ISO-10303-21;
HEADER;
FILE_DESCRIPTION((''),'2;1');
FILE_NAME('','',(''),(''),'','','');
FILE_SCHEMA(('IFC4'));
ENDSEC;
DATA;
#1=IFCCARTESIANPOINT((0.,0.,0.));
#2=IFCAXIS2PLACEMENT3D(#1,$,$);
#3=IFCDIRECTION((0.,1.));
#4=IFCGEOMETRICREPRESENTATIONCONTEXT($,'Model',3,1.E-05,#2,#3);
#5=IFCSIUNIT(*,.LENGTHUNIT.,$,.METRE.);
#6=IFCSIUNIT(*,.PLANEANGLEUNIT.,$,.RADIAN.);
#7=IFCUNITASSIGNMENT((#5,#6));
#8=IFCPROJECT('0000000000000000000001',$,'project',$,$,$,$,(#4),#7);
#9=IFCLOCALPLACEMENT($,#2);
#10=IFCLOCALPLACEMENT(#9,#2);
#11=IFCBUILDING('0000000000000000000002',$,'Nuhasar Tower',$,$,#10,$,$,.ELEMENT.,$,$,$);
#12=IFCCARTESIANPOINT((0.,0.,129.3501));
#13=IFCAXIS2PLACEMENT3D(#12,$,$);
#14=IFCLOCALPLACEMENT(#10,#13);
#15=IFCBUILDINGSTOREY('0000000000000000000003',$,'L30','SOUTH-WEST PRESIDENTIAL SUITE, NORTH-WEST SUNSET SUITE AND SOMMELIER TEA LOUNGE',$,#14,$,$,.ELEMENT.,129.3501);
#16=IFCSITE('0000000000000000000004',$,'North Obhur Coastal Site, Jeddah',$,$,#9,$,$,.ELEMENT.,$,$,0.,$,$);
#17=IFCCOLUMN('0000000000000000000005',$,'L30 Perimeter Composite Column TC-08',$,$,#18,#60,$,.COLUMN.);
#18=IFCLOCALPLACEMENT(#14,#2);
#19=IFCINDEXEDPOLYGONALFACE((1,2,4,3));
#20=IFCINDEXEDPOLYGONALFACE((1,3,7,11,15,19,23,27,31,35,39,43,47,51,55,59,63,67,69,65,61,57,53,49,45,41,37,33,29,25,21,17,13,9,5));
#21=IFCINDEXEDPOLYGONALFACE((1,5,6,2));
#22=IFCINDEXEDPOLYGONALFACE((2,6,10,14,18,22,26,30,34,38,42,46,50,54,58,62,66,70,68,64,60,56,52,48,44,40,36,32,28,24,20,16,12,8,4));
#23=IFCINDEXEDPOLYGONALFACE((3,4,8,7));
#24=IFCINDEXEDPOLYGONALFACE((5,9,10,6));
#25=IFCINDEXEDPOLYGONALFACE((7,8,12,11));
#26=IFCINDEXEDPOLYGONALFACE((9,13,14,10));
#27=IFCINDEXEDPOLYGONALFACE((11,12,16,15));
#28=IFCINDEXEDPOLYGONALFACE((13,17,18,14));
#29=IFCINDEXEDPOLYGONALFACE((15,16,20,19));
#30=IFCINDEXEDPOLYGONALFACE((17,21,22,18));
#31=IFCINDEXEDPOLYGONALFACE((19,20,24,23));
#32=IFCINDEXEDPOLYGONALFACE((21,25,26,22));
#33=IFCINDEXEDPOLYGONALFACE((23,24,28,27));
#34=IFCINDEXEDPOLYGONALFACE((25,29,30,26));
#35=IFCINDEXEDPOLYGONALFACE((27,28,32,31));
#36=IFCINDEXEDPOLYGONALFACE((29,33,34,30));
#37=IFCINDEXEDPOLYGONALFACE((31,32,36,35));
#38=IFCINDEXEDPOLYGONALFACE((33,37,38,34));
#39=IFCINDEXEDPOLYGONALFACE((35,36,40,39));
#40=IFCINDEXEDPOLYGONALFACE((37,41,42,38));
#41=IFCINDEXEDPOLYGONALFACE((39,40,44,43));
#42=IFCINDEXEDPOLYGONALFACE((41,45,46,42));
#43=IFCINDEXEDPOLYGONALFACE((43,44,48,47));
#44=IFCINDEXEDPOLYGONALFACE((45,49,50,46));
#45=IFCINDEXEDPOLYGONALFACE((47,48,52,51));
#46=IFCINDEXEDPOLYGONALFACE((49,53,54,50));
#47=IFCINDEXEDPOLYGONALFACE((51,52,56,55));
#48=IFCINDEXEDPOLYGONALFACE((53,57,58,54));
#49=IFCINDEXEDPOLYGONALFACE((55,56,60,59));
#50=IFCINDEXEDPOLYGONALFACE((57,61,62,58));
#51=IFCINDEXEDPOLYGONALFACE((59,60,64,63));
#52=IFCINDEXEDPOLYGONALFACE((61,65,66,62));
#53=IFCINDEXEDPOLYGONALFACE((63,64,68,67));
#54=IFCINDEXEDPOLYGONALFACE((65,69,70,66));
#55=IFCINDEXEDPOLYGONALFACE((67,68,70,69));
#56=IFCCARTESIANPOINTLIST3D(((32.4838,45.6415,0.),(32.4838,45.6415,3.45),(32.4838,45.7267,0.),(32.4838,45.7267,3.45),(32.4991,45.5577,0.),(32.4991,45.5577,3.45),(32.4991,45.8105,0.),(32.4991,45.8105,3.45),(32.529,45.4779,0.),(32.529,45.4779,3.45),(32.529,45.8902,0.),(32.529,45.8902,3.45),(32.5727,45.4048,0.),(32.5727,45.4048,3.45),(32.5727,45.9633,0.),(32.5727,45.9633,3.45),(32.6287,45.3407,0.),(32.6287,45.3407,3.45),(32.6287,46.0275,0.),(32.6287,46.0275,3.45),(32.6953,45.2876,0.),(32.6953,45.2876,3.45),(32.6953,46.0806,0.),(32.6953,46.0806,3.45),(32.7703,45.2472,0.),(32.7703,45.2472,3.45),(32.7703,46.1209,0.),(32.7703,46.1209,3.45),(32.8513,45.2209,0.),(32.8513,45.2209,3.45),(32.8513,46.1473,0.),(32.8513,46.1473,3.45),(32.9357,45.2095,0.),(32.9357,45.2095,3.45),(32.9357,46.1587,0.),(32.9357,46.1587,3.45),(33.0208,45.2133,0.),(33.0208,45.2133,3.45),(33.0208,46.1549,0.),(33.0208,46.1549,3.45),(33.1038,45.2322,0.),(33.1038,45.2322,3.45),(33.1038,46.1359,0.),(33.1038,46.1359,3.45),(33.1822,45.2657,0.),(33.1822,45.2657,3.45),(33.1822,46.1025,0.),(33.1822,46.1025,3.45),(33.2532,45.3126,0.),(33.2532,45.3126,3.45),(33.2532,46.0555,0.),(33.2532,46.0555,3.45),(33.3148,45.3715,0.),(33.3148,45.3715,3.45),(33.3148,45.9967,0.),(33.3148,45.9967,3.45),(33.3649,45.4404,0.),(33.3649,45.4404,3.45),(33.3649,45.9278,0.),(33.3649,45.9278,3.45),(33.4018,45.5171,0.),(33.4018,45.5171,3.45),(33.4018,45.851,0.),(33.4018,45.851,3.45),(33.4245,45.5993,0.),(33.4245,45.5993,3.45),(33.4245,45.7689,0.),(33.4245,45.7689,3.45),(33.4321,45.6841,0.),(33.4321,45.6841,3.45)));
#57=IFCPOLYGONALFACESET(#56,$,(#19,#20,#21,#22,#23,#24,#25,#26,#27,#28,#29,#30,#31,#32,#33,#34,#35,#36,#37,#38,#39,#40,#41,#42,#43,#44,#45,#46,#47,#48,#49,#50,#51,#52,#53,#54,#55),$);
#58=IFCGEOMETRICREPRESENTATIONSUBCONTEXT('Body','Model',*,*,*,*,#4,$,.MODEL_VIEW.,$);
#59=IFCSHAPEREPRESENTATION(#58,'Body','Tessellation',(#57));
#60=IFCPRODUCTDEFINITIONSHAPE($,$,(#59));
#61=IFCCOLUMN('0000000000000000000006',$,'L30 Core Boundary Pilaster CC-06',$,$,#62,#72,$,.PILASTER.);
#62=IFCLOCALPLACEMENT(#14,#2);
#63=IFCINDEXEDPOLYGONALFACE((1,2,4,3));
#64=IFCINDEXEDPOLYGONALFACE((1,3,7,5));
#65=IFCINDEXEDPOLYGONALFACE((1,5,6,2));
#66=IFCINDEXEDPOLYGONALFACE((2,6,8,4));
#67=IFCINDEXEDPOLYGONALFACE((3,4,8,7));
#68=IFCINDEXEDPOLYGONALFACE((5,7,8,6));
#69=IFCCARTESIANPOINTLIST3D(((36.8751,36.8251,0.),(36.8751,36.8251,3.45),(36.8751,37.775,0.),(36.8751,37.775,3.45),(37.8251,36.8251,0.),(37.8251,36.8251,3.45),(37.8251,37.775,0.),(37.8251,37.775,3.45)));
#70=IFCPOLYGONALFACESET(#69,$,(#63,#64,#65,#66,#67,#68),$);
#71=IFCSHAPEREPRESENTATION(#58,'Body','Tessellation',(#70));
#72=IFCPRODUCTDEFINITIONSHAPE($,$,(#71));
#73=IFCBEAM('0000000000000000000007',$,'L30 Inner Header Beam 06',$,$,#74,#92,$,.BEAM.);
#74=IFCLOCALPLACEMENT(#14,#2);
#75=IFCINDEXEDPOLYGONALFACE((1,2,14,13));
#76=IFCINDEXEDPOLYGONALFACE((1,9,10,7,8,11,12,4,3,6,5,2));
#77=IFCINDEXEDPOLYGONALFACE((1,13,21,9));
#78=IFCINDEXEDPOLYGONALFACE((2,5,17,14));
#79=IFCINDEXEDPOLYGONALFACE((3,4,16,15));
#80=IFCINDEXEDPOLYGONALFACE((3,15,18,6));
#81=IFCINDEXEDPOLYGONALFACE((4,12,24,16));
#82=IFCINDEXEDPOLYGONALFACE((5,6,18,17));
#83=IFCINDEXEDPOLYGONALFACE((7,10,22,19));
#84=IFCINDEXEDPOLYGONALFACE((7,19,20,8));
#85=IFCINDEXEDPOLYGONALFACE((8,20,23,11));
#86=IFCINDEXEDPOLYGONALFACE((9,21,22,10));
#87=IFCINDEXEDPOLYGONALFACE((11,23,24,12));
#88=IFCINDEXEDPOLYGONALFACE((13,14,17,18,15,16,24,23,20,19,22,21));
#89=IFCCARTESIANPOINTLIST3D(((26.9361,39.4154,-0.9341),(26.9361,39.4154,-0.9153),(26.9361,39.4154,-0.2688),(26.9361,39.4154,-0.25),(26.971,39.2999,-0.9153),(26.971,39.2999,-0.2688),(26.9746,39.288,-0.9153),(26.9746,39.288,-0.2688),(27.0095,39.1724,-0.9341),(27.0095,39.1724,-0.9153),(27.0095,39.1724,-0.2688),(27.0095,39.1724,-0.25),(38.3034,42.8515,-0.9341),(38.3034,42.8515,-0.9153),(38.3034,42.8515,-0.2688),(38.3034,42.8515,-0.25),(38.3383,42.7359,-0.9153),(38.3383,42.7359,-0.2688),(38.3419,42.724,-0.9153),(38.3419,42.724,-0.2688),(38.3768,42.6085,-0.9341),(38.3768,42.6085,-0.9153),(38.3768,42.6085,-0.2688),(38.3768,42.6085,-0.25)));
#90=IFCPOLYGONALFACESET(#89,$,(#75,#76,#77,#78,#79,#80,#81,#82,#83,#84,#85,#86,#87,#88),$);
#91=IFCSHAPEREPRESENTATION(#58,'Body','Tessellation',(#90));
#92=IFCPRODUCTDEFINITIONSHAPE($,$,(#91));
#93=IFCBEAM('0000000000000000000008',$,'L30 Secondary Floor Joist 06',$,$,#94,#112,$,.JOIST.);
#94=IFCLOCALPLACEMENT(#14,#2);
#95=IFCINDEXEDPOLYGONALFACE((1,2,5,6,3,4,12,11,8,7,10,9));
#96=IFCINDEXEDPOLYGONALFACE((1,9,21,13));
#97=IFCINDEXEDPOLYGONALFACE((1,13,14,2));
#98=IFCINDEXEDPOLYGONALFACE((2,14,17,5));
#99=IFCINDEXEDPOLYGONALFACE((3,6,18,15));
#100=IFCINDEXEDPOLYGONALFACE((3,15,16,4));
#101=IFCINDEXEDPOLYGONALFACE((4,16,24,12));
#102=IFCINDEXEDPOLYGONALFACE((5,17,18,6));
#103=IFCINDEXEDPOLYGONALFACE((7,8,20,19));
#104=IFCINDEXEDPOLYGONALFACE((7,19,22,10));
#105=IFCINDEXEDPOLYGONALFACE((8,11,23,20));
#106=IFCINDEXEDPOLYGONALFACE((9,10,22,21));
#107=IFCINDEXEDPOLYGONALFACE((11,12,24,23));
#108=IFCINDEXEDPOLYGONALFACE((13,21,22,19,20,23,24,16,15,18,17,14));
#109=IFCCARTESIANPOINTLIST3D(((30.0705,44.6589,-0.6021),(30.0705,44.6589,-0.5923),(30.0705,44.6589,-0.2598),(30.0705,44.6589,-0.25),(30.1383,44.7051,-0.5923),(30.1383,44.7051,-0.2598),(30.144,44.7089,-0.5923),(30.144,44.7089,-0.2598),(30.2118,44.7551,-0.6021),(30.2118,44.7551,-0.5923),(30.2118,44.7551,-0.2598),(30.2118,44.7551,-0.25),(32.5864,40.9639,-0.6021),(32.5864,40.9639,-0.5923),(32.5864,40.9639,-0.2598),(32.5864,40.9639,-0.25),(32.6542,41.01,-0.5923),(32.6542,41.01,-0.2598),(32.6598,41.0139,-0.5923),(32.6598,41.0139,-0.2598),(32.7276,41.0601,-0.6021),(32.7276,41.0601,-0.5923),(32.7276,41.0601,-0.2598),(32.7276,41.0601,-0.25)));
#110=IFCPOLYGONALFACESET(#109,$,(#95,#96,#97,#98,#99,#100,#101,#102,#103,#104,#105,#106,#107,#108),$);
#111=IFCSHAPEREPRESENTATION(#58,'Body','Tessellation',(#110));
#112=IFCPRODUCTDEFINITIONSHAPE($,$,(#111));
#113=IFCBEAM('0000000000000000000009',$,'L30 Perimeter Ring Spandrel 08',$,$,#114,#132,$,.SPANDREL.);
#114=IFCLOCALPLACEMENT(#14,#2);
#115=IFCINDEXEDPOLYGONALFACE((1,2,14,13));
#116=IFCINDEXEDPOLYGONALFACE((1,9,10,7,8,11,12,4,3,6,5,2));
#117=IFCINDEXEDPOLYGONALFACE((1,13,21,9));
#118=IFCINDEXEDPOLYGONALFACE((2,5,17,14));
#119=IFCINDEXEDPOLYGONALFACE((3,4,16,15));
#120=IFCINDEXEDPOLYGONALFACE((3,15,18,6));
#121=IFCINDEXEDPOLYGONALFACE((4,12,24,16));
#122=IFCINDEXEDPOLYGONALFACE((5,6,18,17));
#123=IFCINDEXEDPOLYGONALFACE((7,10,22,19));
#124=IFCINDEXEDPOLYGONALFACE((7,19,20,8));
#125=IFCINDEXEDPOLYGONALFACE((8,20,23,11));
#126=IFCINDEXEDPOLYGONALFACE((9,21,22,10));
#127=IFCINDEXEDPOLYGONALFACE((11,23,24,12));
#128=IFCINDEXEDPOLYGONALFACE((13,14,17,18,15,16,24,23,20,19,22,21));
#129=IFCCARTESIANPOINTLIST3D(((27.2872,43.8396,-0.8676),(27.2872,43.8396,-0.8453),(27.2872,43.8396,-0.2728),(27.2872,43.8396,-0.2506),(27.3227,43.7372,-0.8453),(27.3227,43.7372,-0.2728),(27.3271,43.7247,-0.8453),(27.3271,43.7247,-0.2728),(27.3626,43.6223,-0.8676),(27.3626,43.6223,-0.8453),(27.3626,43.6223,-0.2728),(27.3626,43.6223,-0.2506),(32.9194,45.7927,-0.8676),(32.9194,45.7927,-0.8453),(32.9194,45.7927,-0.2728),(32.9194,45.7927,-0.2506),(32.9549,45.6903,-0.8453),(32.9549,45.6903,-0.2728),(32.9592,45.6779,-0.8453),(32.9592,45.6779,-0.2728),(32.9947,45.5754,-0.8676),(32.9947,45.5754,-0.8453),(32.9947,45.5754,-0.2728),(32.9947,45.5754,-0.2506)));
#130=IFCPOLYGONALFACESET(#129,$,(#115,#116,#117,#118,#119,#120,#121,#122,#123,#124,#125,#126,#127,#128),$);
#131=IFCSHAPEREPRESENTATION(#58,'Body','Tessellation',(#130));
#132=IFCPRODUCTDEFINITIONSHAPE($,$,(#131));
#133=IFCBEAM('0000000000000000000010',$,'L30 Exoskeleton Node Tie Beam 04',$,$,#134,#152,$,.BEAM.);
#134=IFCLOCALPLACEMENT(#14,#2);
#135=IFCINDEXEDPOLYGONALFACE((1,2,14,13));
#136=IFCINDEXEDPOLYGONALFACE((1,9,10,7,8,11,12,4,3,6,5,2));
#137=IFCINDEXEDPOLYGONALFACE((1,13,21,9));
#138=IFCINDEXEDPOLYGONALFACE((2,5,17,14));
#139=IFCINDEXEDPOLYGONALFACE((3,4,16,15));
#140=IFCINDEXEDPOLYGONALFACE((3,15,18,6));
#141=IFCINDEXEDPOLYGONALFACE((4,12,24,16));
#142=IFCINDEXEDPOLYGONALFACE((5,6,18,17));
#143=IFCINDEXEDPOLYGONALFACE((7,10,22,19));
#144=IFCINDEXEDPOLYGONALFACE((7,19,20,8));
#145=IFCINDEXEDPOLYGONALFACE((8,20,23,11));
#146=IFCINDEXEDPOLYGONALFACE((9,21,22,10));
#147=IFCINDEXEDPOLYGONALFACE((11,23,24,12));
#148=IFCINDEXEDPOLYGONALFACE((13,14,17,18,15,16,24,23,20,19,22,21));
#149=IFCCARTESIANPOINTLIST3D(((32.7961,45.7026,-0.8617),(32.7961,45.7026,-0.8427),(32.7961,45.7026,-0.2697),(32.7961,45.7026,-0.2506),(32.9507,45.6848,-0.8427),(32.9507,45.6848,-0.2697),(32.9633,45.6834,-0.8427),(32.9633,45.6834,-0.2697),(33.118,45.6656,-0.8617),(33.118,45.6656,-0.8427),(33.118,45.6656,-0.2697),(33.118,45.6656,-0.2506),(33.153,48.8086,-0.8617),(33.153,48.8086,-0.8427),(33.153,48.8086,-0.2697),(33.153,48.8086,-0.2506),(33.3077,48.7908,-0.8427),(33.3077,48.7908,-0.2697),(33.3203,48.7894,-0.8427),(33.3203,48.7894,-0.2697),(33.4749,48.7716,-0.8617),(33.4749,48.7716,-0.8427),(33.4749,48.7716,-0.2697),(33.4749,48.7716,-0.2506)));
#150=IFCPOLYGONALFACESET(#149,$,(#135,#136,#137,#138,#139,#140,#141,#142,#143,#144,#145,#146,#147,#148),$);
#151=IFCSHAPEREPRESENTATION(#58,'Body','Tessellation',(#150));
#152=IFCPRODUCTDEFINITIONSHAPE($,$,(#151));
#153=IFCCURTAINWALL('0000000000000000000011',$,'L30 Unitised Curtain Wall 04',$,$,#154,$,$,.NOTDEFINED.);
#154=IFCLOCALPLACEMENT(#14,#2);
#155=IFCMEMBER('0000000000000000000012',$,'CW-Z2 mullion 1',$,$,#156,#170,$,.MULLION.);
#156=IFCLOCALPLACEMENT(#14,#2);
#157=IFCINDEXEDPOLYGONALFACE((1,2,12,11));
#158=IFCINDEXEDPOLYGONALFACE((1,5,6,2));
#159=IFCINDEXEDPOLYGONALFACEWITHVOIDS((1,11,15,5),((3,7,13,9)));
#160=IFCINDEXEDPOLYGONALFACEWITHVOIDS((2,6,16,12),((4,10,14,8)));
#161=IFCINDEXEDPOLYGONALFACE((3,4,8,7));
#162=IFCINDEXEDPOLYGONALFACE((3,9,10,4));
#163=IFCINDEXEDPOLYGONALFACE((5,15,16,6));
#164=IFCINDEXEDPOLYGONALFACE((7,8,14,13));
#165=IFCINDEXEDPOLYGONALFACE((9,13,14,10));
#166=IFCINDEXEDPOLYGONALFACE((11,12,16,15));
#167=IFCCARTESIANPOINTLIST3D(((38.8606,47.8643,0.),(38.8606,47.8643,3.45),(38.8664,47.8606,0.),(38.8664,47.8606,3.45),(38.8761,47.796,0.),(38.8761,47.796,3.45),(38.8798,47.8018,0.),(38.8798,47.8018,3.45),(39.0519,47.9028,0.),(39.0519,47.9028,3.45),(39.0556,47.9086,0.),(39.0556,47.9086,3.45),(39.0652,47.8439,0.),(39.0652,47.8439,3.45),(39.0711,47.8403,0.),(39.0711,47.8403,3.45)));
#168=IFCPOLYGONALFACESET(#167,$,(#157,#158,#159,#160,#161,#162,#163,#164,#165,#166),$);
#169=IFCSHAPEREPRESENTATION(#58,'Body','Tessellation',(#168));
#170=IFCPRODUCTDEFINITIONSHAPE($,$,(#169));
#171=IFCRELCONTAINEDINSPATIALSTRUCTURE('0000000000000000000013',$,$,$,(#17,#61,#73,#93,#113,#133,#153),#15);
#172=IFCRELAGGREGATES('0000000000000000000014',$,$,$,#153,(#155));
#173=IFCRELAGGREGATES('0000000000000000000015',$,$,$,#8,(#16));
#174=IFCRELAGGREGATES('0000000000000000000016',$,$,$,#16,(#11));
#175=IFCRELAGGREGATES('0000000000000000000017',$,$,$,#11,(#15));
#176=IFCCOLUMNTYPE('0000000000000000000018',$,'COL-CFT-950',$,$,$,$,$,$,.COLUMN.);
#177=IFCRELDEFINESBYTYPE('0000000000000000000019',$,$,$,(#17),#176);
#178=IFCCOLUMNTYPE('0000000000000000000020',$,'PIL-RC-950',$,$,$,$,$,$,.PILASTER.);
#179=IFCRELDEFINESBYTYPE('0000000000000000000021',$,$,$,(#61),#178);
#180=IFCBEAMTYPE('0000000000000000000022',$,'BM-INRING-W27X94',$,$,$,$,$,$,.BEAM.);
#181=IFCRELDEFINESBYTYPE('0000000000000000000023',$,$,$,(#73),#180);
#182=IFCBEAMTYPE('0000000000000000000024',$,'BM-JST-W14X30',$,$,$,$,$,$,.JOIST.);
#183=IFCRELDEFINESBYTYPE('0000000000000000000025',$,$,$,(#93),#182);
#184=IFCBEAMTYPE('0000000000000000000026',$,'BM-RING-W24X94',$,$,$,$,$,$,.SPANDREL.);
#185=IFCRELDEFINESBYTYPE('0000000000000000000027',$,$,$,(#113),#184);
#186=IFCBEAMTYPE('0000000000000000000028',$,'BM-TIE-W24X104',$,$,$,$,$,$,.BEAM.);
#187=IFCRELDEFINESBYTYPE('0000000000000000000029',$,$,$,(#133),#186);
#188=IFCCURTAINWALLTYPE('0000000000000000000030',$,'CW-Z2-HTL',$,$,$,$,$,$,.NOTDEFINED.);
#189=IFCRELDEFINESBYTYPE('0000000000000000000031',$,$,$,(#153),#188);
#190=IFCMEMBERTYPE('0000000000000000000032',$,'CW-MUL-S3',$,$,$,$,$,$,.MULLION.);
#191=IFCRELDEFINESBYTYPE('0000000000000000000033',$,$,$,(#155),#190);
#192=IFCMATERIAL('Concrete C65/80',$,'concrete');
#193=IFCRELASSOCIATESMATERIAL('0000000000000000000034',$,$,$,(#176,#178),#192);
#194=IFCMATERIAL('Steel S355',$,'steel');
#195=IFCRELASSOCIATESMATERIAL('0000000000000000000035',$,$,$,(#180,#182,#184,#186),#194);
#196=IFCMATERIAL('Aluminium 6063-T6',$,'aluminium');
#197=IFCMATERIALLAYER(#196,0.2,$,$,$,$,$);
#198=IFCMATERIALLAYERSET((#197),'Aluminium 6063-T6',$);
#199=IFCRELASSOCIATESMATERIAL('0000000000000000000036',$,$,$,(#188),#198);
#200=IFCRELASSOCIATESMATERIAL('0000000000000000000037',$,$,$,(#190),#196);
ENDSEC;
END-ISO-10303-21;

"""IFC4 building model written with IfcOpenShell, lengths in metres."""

from ifc_helpers import new_model, si_unit, direction, frame, origin, origin_2d, place, context, subcontext, project, spatial, rectangle, hollow_rectangle, circle, i_section, extrude, material, layer, layer_set, material_profile, profile_set, type_object, element, aggregate, save


model = new_model("IFC4")

# Units and contexts
model_context = context("Model", 3, precision=1e-05, world=origin(), true_north=direction((0.0, 1.0)))
body_context = subcontext(model_context, "Body", "Model", "MODEL_VIEW")
ifc_project = project(units=[si_unit("LENGTHUNIT", "METRE"), si_unit("PLANEANGLEUNIT", "RADIAN")], contexts=[model_context])

# Site, building, storey
site_placement = place(None, origin())
site = spatial("IfcSite", under=ifc_project, at=site_placement, Name="North Obhur Coastal Site, Jeddah", CompositionType="ELEMENT", RefElevation=0.0)
building_placement = place(site_placement, origin())
building = spatial("IfcBuilding", under=site, at=building_placement, Name="Nuhasar Tower", CompositionType="ELEMENT")
storey_placement = place(building_placement, frame((0.0, 0.0, 129.3501)))
storey = spatial("IfcBuildingStorey", under=building, at=storey_placement, Name="L30", Description="SOUTH-WEST PRESIDENTIAL SUITE, NORTH-WEST SUNSET SUITE AND SOMMELIER TEA LOUNGE", CompositionType="ELEMENT", Elevation=129.3501)

# Columns
ifc_material_1 = material(Name="Concrete C65/80", Category="concrete")
ifc_material_profile_1 = material_profile(ifc_material_1, circle(Radius=0.4751, at=origin_2d()), Name="CFT950")
ifc_profile_set_1 = profile_set([ifc_material_profile_1], Name="Concrete C65/80")
column_type_1 = type_object("IfcColumnType", Name="COL-CFT-950", PredefinedType="COLUMN", material=ifc_profile_set_1)
column_1_placement = place(storey_placement, frame((32.957, 45.6841, 0.0), z_axis=(0.0, 0.0, 1.0), x_axis=(1.0, 0.0, 0.0)))
element("IfcColumn", 1, at=column_1_placement, inside=storey, type_object=column_type_1, Name="L30 Perimeter Composite Column TC-08", PredefinedType="COLUMN", context=body_context, shape_type="SweptSolid", body=[
    extrude(circle(Radius=0.4751, at=origin_2d()), origin(), (0.0, 0.0, 1.0), 3.45),
])
ifc_material_profile_2 = material_profile(ifc_material_1, rectangle(XDim=0.95, YDim=0.95, at=origin_2d()), Name="RC950X950")
ifc_profile_set_2 = profile_set([ifc_material_profile_2], Name="Concrete C65/80")
column_type_2 = type_object("IfcColumnType", Name="PIL-RC-950", PredefinedType="PILASTER", material=ifc_profile_set_2)
column_2_placement = place(storey_placement, frame((37.3501, 37.3, 0.0), z_axis=(0.0, 0.0, 1.0), x_axis=(1.0, 0.0, 0.0)))
element("IfcColumn", 2, at=column_2_placement, inside=storey, type_object=column_type_2, Name="L30 Core Boundary Pilaster CC-06", PredefinedType="PILASTER", context=body_context, shape_type="SweptSolid", body=[
    extrude(rectangle(XDim=0.95, YDim=0.95, at=origin_2d()), origin(), (0.0, 0.0, 1.0), 3.45),
])

# Beams
ifc_material_2 = material(Name="Steel S355", Category="steel")
ifc_material_profile_3 = material_profile(ifc_material_2, i_section(OverallWidth=0.2539, OverallDepth=0.6841, WebThickness=0.0125, FlangeThickness=0.0188, at=origin_2d()), Name="W27X94")
ifc_profile_set_3 = profile_set([ifc_material_profile_3], Name="Steel S355")
beam_type_1 = type_object("IfcBeamType", Name="BM-INRING-W27X94", PredefinedType="BEAM", material=ifc_profile_set_3)
beam_1_placement = place(storey_placement, frame((38.3401, 42.73, -0.592), z_axis=(-0.957224, -0.289347, 0.0), x_axis=(0.289347, -0.957224, 0.0)))
element("IfcBeam", 3, at=beam_1_placement, inside=storey, type_object=beam_type_1, Name="L30 Inner Header Beam 06", PredefinedType="BEAM", context=body_context, shape_type="SweptSolid", body=[
    extrude(i_section(OverallWidth=0.2539, OverallDepth=0.6841, WebThickness=0.0125, FlangeThickness=0.0188, at=origin_2d()), origin(), (0.0, 0.0, 1.0), 11.8752),
])
ifc_material_profile_4 = material_profile(ifc_material_2, i_section(OverallWidth=0.1709, OverallDepth=0.3521, WebThickness=0.0068, FlangeThickness=0.0098, at=origin_2d()), Name="W14X30")
ifc_profile_set_4 = profile_set([ifc_material_profile_4], Name="Steel S355")
beam_type_2 = type_object("IfcBeamType", Name="BM-JST-W14X30", PredefinedType="JOIST", material=ifc_profile_set_4)
beam_2_placement = place(storey_placement, frame((32.657, 41.012, -0.426), z_axis=(-0.562803, 0.826591, 0.0), x_axis=(-0.826591, -0.562803, 0.0)))
element("IfcBeam", 4, at=beam_2_placement, inside=storey, type_object=beam_type_2, Name="L30 Secondary Floor Joist 06", PredefinedType="JOIST", context=body_context, shape_type="SweptSolid", body=[
    extrude(i_section(OverallWidth=0.1709, OverallDepth=0.3521, WebThickness=0.0068, FlangeThickness=0.0098, at=origin_2d()), origin(), (0.0, 0.0, 1.0), 4.4702),
])
ifc_material_profile_5 = material_profile(ifc_material_2, i_section(OverallWidth=0.23, OverallDepth=0.6169, WebThickness=0.0132, FlangeThickness=0.0222, at=origin_2d()), Name="W24X94")
ifc_profile_set_5 = profile_set([ifc_material_profile_5], Name="Steel S355")
beam_type_3 = type_object("IfcBeamType", Name="BM-RING-W24X94", PredefinedType="SPANDREL", material=ifc_profile_set_5)
beam_3_placement = place(storey_placement, frame((32.957, 45.6841, -0.5591), z_axis=(-0.944801, -0.327644, 0.0), x_axis=(0.327644, -0.944801, 0.0)))
element("IfcBeam", 5, at=beam_3_placement, inside=storey, type_object=beam_type_3, Name="L30 Perimeter Ring Spandrel 08", PredefinedType="SPANDREL", context=body_context, shape_type="SweptSolid", body=[
    extrude(i_section(OverallWidth=0.23, OverallDepth=0.6169, WebThickness=0.0132, FlangeThickness=0.0222, at=origin_2d()), origin(), (0.0, 0.0, 1.0), 5.9612),
])
ifc_material_profile_6 = material_profile(ifc_material_2, i_section(OverallWidth=0.324, OverallDepth=0.6111, WebThickness=0.0127, FlangeThickness=0.019, at=origin_2d()), Name="W24X104")
ifc_profile_set_6 = profile_set([ifc_material_profile_6], Name="Steel S355")
beam_type_4 = type_object("IfcBeamType", Name="BM-TIE-W24X104", PredefinedType="BEAM", material=ifc_profile_set_6)
beam_4_placement = place(storey_placement, frame((32.957, 45.6841, -0.5562), z_axis=(0.114168, 0.993461, 0.0), x_axis=(-0.993461, 0.114168, 0.0)))
element("IfcBeam", 6, at=beam_4_placement, inside=storey, type_object=beam_type_4, Name="L30 Exoskeleton Node Tie Beam 04", PredefinedType="BEAM", context=body_context, shape_type="SweptSolid", body=[
    extrude(i_section(OverallWidth=0.324, OverallDepth=0.6111, WebThickness=0.0127, FlangeThickness=0.019, at=origin_2d()), origin(), (0.0, 0.0, 1.0), 3.1265),
])

# Curtain wall, member
ifc_material_3 = material(Name="Aluminium 6063-T6", Category="aluminium")
ifc_layer_1 = layer(ifc_material_3, 0.2)
ifc_layer_set_1 = layer_set([ifc_layer_1], Name="Aluminium 6063-T6")
curtain_wall_type = type_object("IfcCurtainWallType", Name="CW-Z2-HTL", PredefinedType="NOTDEFINED", material=ifc_layer_set_1)
curtain_wall_placement = place(storey_placement, origin())
curtain_wall = element("IfcCurtainWall", 7, at=curtain_wall_placement, inside=storey, type_object=curtain_wall_type, Name="L30 Unitised Curtain Wall 04", PredefinedType="NOTDEFINED")
ifc_material_profile_7 = material_profile(ifc_material_3, hollow_rectangle(XDim=0.0701, YDim=0.2, WallThickness=0.0049, at=origin_2d()), Name="CWM-3")
ifc_profile_set_7 = profile_set([ifc_material_profile_7], Name="Aluminium 6063-T6")
member_type_1 = type_object("IfcMemberType", Name="CW-MUL-S3", PredefinedType="MULLION", material=ifc_profile_set_7)
member_1_placement = place(storey_placement, frame((38.9658, 47.8523, 0.0), z_axis=(0.0, 0.0, 1.0), x_axis=(0.221397, -0.975184, 0.0)))
member_1 = element("IfcMember", 8, at=member_1_placement, type_object=member_type_1, Name="CW-Z2 mullion 1", PredefinedType="MULLION", context=body_context, shape_type="SweptSolid", body=[
    extrude(hollow_rectangle(XDim=0.0701, YDim=0.2, WallThickness=0.0049, at=origin_2d()), origin(), (0.0, 0.0, 1.0), 3.45),
])

aggregate(curtain_wall, [member_1])

save(model, "model.ifc")
